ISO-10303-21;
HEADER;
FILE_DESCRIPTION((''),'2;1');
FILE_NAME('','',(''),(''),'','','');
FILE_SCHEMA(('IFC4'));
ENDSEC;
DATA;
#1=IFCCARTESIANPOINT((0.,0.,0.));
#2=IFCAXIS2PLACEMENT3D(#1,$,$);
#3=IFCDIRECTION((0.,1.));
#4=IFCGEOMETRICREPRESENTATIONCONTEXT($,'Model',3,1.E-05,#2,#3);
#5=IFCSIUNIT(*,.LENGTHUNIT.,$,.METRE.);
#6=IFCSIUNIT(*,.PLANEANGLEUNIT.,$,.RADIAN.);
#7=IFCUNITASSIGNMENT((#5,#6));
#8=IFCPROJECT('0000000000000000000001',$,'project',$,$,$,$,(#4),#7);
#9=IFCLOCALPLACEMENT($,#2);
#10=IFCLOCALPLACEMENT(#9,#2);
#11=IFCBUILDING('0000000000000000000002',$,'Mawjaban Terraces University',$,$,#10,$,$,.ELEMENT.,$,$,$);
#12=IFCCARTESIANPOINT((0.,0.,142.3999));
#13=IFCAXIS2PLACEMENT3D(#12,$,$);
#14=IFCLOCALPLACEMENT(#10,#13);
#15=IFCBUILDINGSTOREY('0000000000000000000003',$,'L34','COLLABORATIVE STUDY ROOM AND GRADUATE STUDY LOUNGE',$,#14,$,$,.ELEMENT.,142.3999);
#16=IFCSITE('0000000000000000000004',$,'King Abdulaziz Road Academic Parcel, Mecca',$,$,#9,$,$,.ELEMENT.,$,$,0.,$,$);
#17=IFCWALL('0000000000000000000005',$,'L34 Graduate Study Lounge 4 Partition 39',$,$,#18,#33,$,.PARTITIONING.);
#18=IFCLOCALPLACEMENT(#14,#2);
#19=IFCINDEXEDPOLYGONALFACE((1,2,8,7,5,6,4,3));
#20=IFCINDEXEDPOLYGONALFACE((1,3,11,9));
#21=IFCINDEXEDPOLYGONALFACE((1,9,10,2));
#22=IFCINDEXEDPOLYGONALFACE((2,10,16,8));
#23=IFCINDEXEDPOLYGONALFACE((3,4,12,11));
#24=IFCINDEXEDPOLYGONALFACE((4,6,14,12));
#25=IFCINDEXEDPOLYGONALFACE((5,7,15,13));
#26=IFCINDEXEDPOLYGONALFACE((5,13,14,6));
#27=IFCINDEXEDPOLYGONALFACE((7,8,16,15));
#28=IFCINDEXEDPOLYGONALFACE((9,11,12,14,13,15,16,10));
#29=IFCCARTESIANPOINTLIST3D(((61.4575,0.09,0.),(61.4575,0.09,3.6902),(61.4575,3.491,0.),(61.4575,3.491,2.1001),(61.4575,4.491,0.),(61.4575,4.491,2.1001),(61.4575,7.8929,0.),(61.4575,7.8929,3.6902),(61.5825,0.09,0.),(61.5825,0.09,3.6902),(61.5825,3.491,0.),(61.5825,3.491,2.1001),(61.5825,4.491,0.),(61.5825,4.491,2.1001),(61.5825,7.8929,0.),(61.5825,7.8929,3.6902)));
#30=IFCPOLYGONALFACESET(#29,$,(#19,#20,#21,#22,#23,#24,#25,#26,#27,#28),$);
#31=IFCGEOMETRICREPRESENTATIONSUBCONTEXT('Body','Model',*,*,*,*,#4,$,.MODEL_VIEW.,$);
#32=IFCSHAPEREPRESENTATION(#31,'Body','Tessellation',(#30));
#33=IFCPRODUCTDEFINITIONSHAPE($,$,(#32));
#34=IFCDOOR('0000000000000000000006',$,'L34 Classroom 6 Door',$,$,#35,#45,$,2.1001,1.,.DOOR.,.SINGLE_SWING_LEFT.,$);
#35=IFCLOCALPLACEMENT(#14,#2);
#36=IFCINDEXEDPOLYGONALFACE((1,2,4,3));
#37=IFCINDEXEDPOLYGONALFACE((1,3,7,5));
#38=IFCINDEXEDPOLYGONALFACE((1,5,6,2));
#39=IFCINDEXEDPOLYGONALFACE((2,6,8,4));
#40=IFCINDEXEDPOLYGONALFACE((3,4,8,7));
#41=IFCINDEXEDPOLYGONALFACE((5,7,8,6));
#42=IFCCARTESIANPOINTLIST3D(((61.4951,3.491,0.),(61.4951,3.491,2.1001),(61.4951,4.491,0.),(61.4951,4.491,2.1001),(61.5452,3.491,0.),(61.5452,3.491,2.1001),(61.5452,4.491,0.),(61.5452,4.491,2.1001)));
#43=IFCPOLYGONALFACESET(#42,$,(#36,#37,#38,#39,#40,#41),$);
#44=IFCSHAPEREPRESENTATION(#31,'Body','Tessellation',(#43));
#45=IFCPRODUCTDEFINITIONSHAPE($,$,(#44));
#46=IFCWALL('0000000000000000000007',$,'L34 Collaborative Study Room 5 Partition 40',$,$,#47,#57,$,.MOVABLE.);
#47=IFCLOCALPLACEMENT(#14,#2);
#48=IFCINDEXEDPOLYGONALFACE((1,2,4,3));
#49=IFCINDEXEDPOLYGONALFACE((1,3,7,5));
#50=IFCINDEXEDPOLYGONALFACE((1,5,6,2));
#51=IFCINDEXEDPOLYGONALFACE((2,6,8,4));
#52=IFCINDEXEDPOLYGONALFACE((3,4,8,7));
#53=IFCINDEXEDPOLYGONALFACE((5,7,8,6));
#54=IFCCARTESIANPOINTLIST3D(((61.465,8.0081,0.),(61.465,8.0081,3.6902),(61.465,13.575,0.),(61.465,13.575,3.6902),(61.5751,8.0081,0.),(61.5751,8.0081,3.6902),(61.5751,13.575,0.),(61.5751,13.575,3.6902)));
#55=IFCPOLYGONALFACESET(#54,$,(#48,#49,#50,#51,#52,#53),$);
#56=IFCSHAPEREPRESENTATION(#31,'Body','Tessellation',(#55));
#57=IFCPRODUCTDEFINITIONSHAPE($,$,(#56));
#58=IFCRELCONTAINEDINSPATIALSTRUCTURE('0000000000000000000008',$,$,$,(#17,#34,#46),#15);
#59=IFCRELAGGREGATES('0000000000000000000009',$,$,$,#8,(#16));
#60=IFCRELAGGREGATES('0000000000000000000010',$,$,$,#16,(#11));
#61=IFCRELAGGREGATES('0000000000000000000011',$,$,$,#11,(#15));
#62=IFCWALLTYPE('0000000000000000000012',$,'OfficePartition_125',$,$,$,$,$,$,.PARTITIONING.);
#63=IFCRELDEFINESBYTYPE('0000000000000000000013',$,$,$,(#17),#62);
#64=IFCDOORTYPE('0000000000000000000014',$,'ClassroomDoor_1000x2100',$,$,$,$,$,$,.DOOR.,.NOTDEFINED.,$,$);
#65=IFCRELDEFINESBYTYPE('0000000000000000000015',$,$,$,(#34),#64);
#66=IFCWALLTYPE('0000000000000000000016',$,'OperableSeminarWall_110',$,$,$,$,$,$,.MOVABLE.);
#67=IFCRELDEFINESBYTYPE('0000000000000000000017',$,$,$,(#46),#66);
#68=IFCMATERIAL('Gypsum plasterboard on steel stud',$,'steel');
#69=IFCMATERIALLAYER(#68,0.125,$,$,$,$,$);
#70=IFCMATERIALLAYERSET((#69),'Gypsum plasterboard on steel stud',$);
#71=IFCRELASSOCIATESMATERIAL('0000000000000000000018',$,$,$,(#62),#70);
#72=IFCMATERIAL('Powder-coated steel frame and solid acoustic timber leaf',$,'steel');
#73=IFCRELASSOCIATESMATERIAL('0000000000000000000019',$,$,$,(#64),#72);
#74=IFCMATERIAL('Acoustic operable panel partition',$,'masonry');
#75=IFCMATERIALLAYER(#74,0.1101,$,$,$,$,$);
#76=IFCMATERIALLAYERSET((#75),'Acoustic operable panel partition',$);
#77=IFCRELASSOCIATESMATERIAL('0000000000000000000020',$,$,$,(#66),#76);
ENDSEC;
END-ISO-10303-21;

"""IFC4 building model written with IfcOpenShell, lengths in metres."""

from ifc_helpers import new_model, si_unit, direction, frame, frame_2d, origin, place, context, subcontext, project, spatial, rectangle, extrude, material, layer, layer_set, type_object, element, fill, save


model = new_model("IFC4")

# Units and contexts
model_context = context("Model", 3, precision=1e-05, world=origin(), true_north=direction((0.0, 1.0)))
body_context = subcontext(model_context, "Body", "Model", "MODEL_VIEW")
ifc_project = project(units=[si_unit("LENGTHUNIT", "METRE"), si_unit("PLANEANGLEUNIT", "RADIAN")], contexts=[model_context])

# Site, building, storey
site_placement = place(None, origin())
site = spatial("IfcSite", under=ifc_project, at=site_placement, Name="King Abdulaziz Road Academic Parcel, Mecca", CompositionType="ELEMENT", RefElevation=0.0)
building_placement = place(site_placement, origin())
building = spatial("IfcBuilding", under=site, at=building_placement, Name="Mawjaban Terraces University", CompositionType="ELEMENT")
storey_placement = place(building_placement, frame((0.0, 0.0, 142.3999)))
storey = spatial("IfcBuildingStorey", under=building, at=storey_placement, Name="L34", Description="COLLABORATIVE STUDY ROOM AND GRADUATE STUDY LOUNGE", CompositionType="ELEMENT", Elevation=142.3999)

# Shared definitions
ifc_material_1 = material(Name="Gypsum plasterboard on steel stud", Category="steel")
ifc_layer_1 = layer(ifc_material_1, 0.125)
ifc_layer_set_1 = layer_set([ifc_layer_1], Name="Gypsum plasterboard on steel stud")
wall_type_1 = type_object("IfcWallType", Name="OfficePartition_125", PredefinedType="PARTITIONING", material=ifc_layer_set_1)

# Wall, opening, door
wall_1_placement = place(storey_placement, frame((61.52, 0.0901, 0.0), z_axis=(0.0, 0.0, 1.0), x_axis=(0.0, 1.0, 0.0)))
wall_1 = element("IfcWall", 1, at=wall_1_placement, inside=storey, type_object=wall_type_1, Name="L34 Graduate Study Lounge 4 Partition 39", PredefinedType="PARTITIONING", context=body_context, shape_type="SweptSolid", body=[
    extrude(rectangle(XDim=7.803, YDim=0.125, at=frame_2d((3.9014, 0.0))), origin(), (0.0, 0.0, 1.0), 3.6902),
])
opening_1_placement = place(wall_1_placement, frame((3.4009, 0.0, 0.0)))
opening_1 = element("IfcOpeningElement", 2, at=opening_1_placement, cuts=wall_1, PredefinedType="OPENING", context=body_context, shape_type="SweptSolid", body=[
    extrude(rectangle(XDim=1.0, YDim=2.1001, at=frame_2d((0.5, 1.05))), frame((0.0, 0.0725, 0.0), z_axis=(0.0, -1.0, 0.0), x_axis=(1.0, 0.0, 0.0)), (0.0, 0.0, 1.0), 0.145),
])
ifc_material_2 = material(Name="Powder-coated steel frame and solid acoustic timber leaf", Category="steel")
door_type = type_object("IfcDoorType", Name="ClassroomDoor_1000x2100", OperationType="NOTDEFINED", PredefinedType="DOOR", material=ifc_material_2)
door_placement = place(opening_1_placement, origin())
door = element("IfcDoor", 3, at=door_placement, inside=storey, type_object=door_type, Name="L34 Classroom 6 Door", OperationType="SINGLE_SWING_LEFT", OverallHeight=2.1001, OverallWidth=1.0, PredefinedType="DOOR", context=body_context, shape_type="SweptSolid", body=[
    extrude(rectangle(XDim=1.0, YDim=2.1001, at=frame_2d((0.5, 1.05))), frame((0.0, 0.0249, 0.0), z_axis=(0.0, -1.0, 0.0), x_axis=(1.0, 0.0, 0.0)), (0.0, 0.0, 1.0), 0.05),
])
fill(opening_1, door)

# Wall
ifc_material_3 = material(Name="Acoustic operable panel partition", Category="masonry")
ifc_layer_2 = layer(ifc_material_3, 0.1101)
ifc_layer_set_2 = layer_set([ifc_layer_2], Name="Acoustic operable panel partition")
wall_type_2 = type_object("IfcWallType", Name="OperableSeminarWall_110", PredefinedType="MOVABLE", material=ifc_layer_set_2)
wall_2_placement = place(storey_placement, frame((61.52, 8.0081, 0.0), z_axis=(0.0, 0.0, 1.0), x_axis=(0.0, 1.0, 0.0)))
element("IfcWall", 4, at=wall_2_placement, inside=storey, type_object=wall_type_2, Name="L34 Collaborative Study Room 5 Partition 40", PredefinedType="MOVABLE", context=body_context, shape_type="SweptSolid", body=[
    extrude(rectangle(XDim=5.5669, YDim=0.1101, at=frame_2d((2.7834, 0.0))), origin(), (0.0, 0.0, 1.0), 3.6902),
])

save(model, "model.ifc")
